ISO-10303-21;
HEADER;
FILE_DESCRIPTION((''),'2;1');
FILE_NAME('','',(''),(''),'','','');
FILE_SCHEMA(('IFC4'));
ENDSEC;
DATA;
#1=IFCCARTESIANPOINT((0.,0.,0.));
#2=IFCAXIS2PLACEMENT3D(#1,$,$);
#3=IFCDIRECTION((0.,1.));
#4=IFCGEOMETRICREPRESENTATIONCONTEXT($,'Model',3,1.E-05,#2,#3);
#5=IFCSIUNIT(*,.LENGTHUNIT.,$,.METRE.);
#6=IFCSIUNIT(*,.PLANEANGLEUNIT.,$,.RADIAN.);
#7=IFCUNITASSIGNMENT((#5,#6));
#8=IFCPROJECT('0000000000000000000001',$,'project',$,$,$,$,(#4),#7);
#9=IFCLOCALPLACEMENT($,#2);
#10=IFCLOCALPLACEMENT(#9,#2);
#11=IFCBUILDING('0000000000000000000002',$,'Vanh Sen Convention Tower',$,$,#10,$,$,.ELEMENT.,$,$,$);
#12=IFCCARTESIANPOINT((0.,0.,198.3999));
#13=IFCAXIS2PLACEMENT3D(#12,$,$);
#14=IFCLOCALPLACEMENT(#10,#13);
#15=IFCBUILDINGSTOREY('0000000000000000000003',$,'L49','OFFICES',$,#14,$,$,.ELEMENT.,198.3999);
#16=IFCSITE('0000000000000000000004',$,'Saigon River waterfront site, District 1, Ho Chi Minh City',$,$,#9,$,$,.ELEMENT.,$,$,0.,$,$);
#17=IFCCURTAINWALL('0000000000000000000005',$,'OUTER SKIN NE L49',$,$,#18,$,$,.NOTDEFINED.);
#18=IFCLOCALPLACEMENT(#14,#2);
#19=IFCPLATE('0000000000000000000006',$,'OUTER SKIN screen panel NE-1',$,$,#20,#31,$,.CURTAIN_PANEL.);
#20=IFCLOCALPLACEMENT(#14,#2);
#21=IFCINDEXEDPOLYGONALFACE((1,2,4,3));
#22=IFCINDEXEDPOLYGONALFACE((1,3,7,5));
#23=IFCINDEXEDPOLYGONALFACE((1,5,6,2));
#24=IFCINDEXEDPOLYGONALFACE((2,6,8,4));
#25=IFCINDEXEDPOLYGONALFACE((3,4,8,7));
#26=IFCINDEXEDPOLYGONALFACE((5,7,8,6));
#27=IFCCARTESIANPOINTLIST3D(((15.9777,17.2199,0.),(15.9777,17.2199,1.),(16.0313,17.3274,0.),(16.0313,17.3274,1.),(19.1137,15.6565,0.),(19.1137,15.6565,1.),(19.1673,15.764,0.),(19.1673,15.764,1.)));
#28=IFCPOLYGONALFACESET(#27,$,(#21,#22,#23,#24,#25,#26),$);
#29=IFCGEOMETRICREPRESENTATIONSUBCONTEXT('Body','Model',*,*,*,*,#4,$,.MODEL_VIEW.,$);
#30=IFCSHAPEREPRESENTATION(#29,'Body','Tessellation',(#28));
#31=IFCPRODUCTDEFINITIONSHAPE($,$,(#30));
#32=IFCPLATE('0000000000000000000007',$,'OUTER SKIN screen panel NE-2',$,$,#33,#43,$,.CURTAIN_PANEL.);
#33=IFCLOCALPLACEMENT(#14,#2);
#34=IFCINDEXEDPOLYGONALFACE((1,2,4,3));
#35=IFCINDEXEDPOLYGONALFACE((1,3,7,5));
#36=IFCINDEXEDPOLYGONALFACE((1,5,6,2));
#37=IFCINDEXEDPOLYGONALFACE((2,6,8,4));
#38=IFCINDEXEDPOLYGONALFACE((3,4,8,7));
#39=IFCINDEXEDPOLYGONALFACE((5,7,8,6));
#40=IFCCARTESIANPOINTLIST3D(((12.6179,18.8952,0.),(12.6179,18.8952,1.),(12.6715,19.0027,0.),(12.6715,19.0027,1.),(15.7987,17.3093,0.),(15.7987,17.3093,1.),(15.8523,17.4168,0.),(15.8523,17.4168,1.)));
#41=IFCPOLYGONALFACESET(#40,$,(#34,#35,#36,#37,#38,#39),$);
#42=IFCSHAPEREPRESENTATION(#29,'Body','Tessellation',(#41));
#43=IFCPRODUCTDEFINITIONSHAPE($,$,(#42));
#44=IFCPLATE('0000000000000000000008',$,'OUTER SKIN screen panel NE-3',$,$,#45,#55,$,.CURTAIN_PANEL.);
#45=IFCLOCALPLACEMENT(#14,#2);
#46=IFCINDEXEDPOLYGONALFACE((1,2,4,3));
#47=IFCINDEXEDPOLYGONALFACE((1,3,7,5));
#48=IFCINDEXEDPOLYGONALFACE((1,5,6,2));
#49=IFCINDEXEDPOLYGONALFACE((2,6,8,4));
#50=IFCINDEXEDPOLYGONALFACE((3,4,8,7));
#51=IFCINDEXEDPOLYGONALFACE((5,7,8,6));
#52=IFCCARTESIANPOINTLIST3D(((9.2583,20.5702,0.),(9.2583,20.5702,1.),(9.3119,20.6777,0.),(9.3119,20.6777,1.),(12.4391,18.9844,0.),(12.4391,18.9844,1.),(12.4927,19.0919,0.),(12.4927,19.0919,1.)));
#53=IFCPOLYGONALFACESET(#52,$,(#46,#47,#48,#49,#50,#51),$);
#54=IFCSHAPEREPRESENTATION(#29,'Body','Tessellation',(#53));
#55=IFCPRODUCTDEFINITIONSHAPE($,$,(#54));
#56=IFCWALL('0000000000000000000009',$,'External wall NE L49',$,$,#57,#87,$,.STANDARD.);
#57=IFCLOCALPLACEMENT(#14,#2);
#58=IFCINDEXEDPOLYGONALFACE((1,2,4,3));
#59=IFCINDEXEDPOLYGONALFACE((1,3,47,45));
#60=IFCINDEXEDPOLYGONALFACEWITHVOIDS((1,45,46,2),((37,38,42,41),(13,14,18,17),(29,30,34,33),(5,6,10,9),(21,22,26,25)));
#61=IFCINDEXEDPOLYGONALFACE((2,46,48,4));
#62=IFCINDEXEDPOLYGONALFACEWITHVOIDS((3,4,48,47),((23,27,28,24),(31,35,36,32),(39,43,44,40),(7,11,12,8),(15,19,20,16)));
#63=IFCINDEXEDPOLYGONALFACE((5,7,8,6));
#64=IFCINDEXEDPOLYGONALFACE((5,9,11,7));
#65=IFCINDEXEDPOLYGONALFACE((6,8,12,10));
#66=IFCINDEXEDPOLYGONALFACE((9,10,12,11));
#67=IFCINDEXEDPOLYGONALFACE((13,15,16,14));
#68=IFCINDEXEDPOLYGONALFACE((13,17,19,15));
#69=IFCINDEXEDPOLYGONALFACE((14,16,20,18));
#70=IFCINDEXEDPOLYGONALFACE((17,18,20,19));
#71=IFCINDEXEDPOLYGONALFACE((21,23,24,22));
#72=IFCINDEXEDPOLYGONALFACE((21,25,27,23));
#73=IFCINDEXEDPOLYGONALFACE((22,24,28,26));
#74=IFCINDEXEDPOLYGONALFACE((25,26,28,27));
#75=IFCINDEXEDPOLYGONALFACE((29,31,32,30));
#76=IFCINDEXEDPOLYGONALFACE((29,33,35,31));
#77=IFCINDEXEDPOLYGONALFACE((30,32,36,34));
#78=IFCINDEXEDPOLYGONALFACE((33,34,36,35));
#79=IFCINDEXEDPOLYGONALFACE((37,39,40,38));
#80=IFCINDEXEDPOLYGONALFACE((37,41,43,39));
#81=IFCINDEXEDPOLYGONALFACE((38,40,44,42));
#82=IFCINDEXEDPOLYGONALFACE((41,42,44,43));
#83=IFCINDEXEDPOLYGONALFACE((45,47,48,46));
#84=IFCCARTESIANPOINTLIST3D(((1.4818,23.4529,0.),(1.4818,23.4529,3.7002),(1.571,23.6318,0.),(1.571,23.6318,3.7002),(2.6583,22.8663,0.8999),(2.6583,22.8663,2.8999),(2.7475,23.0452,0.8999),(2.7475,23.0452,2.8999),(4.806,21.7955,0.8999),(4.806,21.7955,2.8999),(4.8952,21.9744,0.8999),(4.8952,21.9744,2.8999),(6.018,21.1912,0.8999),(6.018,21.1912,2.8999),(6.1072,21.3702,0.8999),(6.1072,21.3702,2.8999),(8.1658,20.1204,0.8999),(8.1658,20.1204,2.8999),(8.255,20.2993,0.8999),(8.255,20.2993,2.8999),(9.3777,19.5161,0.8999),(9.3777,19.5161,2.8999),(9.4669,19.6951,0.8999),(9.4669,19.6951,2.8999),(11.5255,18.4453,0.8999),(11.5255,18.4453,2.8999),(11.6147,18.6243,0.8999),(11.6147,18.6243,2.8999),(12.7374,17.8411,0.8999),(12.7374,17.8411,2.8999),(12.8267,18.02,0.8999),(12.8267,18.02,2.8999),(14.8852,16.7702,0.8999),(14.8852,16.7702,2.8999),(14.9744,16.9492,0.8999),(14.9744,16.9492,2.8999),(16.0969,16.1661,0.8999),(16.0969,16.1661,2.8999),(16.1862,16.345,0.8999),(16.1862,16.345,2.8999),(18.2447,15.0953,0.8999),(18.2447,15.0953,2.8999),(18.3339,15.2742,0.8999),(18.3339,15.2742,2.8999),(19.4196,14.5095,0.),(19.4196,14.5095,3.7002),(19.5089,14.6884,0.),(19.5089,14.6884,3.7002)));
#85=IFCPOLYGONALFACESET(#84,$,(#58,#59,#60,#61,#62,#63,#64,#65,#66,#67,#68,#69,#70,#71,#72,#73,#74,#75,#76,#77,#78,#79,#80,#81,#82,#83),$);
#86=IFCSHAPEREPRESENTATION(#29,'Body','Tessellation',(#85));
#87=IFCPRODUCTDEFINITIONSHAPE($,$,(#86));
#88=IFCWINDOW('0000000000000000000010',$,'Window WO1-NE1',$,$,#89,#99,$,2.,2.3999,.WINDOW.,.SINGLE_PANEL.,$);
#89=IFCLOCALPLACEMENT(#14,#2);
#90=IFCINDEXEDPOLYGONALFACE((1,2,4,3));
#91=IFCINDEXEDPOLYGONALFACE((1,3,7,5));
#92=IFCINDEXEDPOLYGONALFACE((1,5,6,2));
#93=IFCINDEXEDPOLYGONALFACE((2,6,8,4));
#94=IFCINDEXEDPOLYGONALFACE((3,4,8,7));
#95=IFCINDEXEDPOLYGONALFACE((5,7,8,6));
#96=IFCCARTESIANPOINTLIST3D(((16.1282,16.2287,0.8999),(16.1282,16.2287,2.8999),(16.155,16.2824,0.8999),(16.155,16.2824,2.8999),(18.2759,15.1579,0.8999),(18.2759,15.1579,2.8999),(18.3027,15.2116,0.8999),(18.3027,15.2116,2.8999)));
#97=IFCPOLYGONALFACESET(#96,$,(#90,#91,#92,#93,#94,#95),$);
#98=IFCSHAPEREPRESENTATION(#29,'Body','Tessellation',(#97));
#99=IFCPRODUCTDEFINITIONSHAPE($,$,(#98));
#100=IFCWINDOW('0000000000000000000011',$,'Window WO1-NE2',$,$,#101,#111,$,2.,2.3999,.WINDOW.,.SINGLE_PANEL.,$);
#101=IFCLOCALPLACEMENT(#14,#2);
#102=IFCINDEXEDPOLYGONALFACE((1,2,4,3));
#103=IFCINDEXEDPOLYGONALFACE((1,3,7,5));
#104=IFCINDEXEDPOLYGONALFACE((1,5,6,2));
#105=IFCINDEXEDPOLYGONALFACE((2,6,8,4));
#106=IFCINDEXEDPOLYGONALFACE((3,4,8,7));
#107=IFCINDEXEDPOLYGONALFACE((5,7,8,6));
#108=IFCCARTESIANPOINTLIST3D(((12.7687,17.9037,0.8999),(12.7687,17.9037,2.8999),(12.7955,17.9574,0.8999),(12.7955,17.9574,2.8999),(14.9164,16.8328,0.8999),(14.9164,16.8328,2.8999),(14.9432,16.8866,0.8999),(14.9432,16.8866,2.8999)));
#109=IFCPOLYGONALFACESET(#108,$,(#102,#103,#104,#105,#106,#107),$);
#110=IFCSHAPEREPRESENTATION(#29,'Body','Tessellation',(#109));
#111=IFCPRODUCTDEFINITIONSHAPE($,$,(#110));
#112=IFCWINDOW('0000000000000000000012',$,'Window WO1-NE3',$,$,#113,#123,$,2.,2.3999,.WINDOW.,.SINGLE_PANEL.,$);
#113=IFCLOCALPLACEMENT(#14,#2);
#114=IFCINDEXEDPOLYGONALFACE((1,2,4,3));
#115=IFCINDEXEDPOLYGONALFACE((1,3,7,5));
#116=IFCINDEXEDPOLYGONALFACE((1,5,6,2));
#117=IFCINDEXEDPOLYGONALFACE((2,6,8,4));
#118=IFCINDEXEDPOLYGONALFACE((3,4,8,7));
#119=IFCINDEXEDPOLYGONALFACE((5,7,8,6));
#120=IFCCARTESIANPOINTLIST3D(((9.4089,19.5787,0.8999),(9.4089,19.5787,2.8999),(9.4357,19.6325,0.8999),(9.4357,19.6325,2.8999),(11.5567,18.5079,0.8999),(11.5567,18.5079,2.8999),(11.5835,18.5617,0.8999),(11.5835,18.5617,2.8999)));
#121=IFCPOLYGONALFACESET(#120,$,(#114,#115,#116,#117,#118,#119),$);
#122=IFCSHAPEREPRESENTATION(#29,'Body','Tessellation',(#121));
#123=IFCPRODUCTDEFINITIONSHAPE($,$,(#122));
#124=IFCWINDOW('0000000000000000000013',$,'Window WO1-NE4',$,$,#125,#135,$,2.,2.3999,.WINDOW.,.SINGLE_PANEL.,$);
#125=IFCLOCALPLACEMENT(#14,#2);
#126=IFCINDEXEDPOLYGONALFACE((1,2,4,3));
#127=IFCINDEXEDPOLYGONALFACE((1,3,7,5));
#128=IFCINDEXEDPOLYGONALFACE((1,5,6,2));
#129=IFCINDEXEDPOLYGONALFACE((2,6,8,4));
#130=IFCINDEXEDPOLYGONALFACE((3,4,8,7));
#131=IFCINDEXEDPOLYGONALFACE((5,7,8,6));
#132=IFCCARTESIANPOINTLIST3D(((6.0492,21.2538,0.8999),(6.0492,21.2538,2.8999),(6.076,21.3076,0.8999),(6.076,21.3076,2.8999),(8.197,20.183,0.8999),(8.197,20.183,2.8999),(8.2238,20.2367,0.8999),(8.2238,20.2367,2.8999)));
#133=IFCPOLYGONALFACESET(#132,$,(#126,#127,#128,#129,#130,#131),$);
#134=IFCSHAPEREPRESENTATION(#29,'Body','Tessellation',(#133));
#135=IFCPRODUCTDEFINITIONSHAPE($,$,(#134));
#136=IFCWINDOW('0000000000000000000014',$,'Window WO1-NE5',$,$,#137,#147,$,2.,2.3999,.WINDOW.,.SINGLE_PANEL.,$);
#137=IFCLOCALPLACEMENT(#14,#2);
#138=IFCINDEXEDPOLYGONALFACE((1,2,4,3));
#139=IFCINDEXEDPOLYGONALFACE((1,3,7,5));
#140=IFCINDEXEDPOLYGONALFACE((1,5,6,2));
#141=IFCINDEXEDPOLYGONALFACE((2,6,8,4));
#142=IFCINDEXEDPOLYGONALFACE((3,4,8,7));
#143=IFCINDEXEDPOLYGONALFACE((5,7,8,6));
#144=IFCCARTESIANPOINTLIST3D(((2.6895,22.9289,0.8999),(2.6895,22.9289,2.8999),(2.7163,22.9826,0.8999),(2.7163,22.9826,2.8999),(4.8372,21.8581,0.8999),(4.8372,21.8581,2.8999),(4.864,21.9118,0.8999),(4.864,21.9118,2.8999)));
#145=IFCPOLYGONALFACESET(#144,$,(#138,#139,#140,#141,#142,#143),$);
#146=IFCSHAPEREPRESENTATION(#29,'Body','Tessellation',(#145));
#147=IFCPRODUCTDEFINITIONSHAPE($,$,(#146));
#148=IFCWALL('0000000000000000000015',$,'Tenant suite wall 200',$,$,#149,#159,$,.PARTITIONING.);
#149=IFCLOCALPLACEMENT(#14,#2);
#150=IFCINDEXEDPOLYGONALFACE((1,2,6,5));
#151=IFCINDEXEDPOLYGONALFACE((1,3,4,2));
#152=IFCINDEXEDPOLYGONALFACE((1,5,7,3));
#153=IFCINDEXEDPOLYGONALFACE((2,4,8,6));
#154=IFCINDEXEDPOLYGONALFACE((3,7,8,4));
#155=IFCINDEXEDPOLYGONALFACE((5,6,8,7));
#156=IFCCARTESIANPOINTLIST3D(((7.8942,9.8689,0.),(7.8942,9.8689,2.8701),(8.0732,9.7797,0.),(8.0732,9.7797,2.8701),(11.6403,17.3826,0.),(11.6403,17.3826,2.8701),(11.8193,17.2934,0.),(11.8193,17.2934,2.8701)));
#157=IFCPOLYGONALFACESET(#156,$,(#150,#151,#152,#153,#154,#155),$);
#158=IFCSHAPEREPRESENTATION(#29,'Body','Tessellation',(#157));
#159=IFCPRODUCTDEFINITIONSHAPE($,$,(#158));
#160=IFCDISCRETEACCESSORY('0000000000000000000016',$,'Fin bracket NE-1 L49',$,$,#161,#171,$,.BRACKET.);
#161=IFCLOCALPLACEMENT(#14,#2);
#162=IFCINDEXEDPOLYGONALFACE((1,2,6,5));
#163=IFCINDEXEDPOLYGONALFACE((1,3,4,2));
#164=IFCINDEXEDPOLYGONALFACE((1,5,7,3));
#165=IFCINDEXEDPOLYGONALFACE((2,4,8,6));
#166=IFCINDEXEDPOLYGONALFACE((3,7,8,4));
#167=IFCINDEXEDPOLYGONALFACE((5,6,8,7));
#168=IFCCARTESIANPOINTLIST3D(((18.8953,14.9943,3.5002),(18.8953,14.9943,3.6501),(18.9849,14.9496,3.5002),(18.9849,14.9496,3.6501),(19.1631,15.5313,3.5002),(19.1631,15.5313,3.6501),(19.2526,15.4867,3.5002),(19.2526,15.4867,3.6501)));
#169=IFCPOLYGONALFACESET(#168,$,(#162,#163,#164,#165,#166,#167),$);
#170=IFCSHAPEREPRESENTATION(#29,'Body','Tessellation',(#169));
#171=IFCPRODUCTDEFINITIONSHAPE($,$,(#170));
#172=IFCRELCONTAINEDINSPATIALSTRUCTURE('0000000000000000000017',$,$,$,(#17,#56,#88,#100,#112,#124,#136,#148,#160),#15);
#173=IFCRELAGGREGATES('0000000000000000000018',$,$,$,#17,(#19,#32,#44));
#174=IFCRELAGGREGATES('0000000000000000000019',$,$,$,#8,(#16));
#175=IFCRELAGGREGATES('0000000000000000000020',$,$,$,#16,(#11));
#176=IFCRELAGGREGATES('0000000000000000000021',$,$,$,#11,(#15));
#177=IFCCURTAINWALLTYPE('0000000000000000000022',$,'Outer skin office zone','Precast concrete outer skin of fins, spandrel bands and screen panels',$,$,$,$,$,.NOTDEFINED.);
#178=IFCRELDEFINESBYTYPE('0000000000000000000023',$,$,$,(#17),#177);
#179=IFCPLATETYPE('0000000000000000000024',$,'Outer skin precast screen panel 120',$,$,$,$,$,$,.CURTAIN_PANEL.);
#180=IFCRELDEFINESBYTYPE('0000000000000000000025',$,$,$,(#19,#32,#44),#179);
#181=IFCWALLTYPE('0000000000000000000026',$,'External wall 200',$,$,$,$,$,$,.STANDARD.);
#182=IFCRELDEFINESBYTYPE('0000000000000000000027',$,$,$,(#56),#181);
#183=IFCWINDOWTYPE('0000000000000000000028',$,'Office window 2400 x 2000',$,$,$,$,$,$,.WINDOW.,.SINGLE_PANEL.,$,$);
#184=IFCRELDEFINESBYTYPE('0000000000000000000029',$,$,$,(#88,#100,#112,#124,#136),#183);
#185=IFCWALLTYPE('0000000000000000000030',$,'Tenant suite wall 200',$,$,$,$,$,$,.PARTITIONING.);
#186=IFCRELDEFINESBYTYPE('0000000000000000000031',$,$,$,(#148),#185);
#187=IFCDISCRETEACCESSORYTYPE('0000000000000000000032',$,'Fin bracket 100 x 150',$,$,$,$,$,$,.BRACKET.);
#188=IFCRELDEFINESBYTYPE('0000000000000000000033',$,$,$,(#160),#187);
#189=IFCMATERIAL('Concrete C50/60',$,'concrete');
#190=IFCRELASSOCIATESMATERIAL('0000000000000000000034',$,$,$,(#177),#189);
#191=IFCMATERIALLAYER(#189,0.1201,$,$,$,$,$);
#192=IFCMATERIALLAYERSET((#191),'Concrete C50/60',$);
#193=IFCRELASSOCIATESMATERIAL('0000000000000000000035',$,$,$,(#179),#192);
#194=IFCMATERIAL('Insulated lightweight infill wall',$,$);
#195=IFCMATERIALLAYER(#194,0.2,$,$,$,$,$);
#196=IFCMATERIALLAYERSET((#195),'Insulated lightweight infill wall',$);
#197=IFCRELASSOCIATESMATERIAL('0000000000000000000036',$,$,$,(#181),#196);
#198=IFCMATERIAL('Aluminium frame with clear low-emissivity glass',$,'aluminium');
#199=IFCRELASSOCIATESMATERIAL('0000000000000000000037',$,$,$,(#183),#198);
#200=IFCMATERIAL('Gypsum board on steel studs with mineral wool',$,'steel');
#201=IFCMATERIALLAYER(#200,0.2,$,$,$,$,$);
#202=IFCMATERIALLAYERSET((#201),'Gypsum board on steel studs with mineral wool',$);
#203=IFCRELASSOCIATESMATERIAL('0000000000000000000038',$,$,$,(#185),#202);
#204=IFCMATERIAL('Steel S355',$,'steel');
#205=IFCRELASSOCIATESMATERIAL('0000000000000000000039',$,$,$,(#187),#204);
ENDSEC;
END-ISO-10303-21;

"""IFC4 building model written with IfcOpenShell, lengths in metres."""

from ifc_helpers import new_model, si_unit, direction, frame, frame_2d, origin, origin_2d, place, context, subcontext, project, spatial, rectangle, extrude, material, layer, layer_set, type_object, element, fill, aggregate, save


model = new_model("IFC4")

# Units and contexts
model_context = context("Model", 3, precision=1e-05, world=origin(), true_north=direction((0.0, 1.0)))
body_context = subcontext(model_context, "Body", "Model", "MODEL_VIEW")
ifc_project = project(units=[si_unit("LENGTHUNIT", "METRE"), si_unit("PLANEANGLEUNIT", "RADIAN")], contexts=[model_context])

# Site, building, storey
site_placement = place(None, origin())
site = spatial("IfcSite", under=ifc_project, at=site_placement, Name="Saigon River waterfront site, District 1, Ho Chi Minh City", CompositionType="ELEMENT", RefElevation=0.0)
building_placement = place(site_placement, origin())
building = spatial("IfcBuilding", under=site, at=building_placement, Name="Vanh Sen Convention Tower", CompositionType="ELEMENT")
storey_placement = place(building_placement, frame((0.0, 0.0, 198.3999)))
storey = spatial("IfcBuildingStorey", under=building, at=storey_placement, Name="L49", Description="OFFICES", CompositionType="ELEMENT", Elevation=198.3999)

# Curtain wall
ifc_material_1 = material(Name="Concrete C50/60", Category="concrete")
curtain_wall_type = type_object("IfcCurtainWallType", Name="Outer skin office zone", Description="Precast concrete outer skin of fins, spandrel bands and screen panels", PredefinedType="NOTDEFINED", material=ifc_material_1)
curtain_wall_1_placement = place(storey_placement, origin())
curtain_wall_1 = element("IfcCurtainWall", 1, at=curtain_wall_1_placement, inside=storey, type_object=curtain_wall_type, Name="OUTER SKIN NE L49", PredefinedType="NOTDEFINED")

# Shared definitions
ifc_layer_1 = layer(ifc_material_1, 0.1201)
ifc_layer_set_1 = layer_set([ifc_layer_1], Name="Concrete C50/60")
plate_type = type_object("IfcPlateType", Name="Outer skin precast screen panel 120", PredefinedType="CURTAIN_PANEL", material=ifc_layer_set_1)

# Plates
plate_1_placement = place(storey_placement, frame((17.5725, 16.4919, 0.0), z_axis=(0.0, 0.0, 1.0), x_axis=(-0.894944, 0.446179, 0.0)))
plate_1 = element("IfcPlate", 2, at=plate_1_placement, type_object=plate_type, Name="OUTER SKIN screen panel NE-1", PredefinedType="CURTAIN_PANEL", context=body_context, shape_type="SweptSolid", body=[
    extrude(rectangle(XDim=3.5042, YDim=0.1201, at=origin_2d()), origin(), (0.0, 0.0, 1.0), 1.0),
])
plate_2_placement = place(storey_placement, frame((14.2351, 18.156, 0.0), z_axis=(0.0, 0.0, 1.0), x_axis=(-0.894933, 0.446201, 0.0)))
plate_2 = element("IfcPlate", 3, at=plate_2_placement, type_object=plate_type, Name="OUTER SKIN screen panel NE-2", PredefinedType="CURTAIN_PANEL", context=body_context, shape_type="SweptSolid", body=[
    extrude(rectangle(XDim=3.5542, YDim=0.1201, at=origin_2d()), origin(), (0.0, 0.0, 1.0), 1.0),
])
plate_3_placement = place(storey_placement, frame((10.8755, 19.8311, 0.0), z_axis=(0.0, 0.0, 1.0), x_axis=(-0.894933, 0.446201, 0.0)))
plate_3 = element("IfcPlate", 4, at=plate_3_placement, type_object=plate_type, Name="OUTER SKIN screen panel NE-3", PredefinedType="CURTAIN_PANEL", context=body_context, shape_type="SweptSolid", body=[
    extrude(rectangle(XDim=3.5542, YDim=0.1201, at=origin_2d()), origin(), (0.0, 0.0, 1.0), 1.0),
])
aggregate(curtain_wall_1, [plate_1, plate_2, plate_3])

# Wall, openings, windows
ifc_material_2 = material(Name="Insulated lightweight infill wall")
ifc_layer_2 = layer(ifc_material_2, 0.2)
ifc_layer_set_2 = layer_set([ifc_layer_2], Name="Insulated lightweight infill wall")
wall_type_1 = type_object("IfcWallType", Name="External wall 200", PredefinedType="STANDARD", material=ifc_layer_set_2)
wall_1_placement = place(storey_placement, frame((19.4644, 14.5989, 0.0), z_axis=(0.0, 0.0, 1.0), x_axis=(-0.894936, 0.446195, 0.0)))
wall_1 = element("IfcWall", 5, at=wall_1_placement, inside=storey, type_object=wall_type_1, Name="External wall NE L49", PredefinedType="STANDARD", context=body_context, shape_type="SweptSolid", body=[
    extrude(rectangle(XDim=20.0437, YDim=0.2, at=frame_2d((10.022, 0.0))), origin(), (0.0, 0.0, 1.0), 3.7002),
])
opening_1_placement = place(wall_1_placement, frame((1.313, 0.0, 0.8999)))
opening_1 = element("IfcOpeningElement", 6, at=opening_1_placement, cuts=wall_1, PredefinedType="OPENING", context=body_context, shape_type="SweptSolid", body=[
    extrude(rectangle(XDim=2.3999, YDim=2.0, at=frame_2d((1.2, 1.0))), frame((0.0, 0.1099, 0.0), z_axis=(0.0, -1.0, 0.0), x_axis=(1.0, 0.0, 0.0)), (0.0, 0.0, 1.0), 0.22),
])
opening_2_placement = place(wall_1_placement, frame((5.0669, 0.0, 0.8999)))
opening_2 = element("IfcOpeningElement", 7, at=opening_2_placement, cuts=wall_1, PredefinedType="OPENING", context=body_context, shape_type="SweptSolid", body=[
    extrude(rectangle(XDim=2.3999, YDim=2.0, at=frame_2d((1.2, 1.0))), frame((0.0, 0.1099, 0.0), z_axis=(0.0, -1.0, 0.0), x_axis=(1.0, 0.0, 0.0)), (0.0, 0.0, 1.0), 0.22),
])
opening_3_placement = place(wall_1_placement, frame((8.821, 0.0, 0.8999)))
opening_3 = element("IfcOpeningElement", 8, at=opening_3_placement, cuts=wall_1, PredefinedType="OPENING", context=body_context, shape_type="SweptSolid", body=[
    extrude(rectangle(XDim=2.3999, YDim=2.0, at=frame_2d((1.2, 1.0))), frame((0.0, 0.1099, 0.0), z_axis=(0.0, -1.0, 0.0), x_axis=(1.0, 0.0, 0.0)), (0.0, 0.0, 1.0), 0.22),
])
opening_4_placement = place(wall_1_placement, frame((12.5752, 0.0, 0.8999)))
opening_4 = element("IfcOpeningElement", 9, at=opening_4_placement, cuts=wall_1, PredefinedType="OPENING", context=body_context, shape_type="SweptSolid", body=[
    extrude(rectangle(XDim=2.3999, YDim=2.0, at=frame_2d((1.2, 1.0))), frame((0.0, 0.1099, 0.0), z_axis=(0.0, -1.0, 0.0), x_axis=(1.0, 0.0, 0.0)), (0.0, 0.0, 1.0), 0.22),
])
opening_5_placement = place(wall_1_placement, frame((16.3293, 0.0, 0.8999)))
opening_5 = element("IfcOpeningElement", 10, at=opening_5_placement, cuts=wall_1, PredefinedType="OPENING", context=body_context, shape_type="SweptSolid", body=[
    extrude(rectangle(XDim=2.3999, YDim=2.0, at=frame_2d((1.2, 1.0))), frame((0.0, 0.1099, 0.0), z_axis=(0.0, -1.0, 0.0), x_axis=(1.0, 0.0, 0.0)), (0.0, 0.0, 1.0), 0.22),
])
ifc_material_3 = material(Name="Aluminium frame with clear low-emissivity glass", Category="aluminium")
window_type = type_object("IfcWindowType", Name="Office window 2400 x 2000", PartitioningType="SINGLE_PANEL", PredefinedType="WINDOW", material=ifc_material_3)
window_1_placement = place(opening_1_placement, origin())
window_1 = element("IfcWindow", 11, at=window_1_placement, inside=storey, type_object=window_type, Name="Window WO1-NE1", OverallHeight=2.0, OverallWidth=2.3999, PartitioningType="SINGLE_PANEL", PredefinedType="WINDOW", context=body_context, shape_type="SweptSolid", body=[
    extrude(rectangle(XDim=2.3999, YDim=2.0, at=frame_2d((1.2, 1.0))), frame((0.0, 0.03, 0.0), z_axis=(0.0, -1.0, 0.0), x_axis=(1.0, 0.0, 0.0)), (0.0, 0.0, 1.0), 0.0601),
])
fill(opening_1, window_1)
window_2_placement = place(opening_2_placement, origin())
window_2 = element("IfcWindow", 12, at=window_2_placement, inside=storey, type_object=window_type, Name="Window WO1-NE2", OverallHeight=2.0, OverallWidth=2.3999, PartitioningType="SINGLE_PANEL", PredefinedType="WINDOW", context=body_context, shape_type="SweptSolid", body=[
    extrude(rectangle(XDim=2.3999, YDim=2.0, at=frame_2d((1.2, 1.0))), frame((0.0, 0.03, 0.0), z_axis=(0.0, -1.0, 0.0), x_axis=(1.0, 0.0, 0.0)), (0.0, 0.0, 1.0), 0.0601),
])
fill(opening_2, window_2)
window_3_placement = place(opening_3_placement, origin())
window_3 = element("IfcWindow", 13, at=window_3_placement, inside=storey, type_object=window_type, Name="Window WO1-NE3", OverallHeight=2.0, OverallWidth=2.3999, PartitioningType="SINGLE_PANEL", PredefinedType="WINDOW", context=body_context, shape_type="SweptSolid", body=[
    extrude(rectangle(XDim=2.3999, YDim=2.0, at=frame_2d((1.2, 1.0))), frame((0.0, 0.03, 0.0), z_axis=(0.0, -1.0, 0.0), x_axis=(1.0, 0.0, 0.0)), (0.0, 0.0, 1.0), 0.0601),
])
fill(opening_3, window_3)
window_4_placement = place(opening_4_placement, origin())
window_4 = element("IfcWindow", 14, at=window_4_placement, inside=storey, type_object=window_type, Name="Window WO1-NE4", OverallHeight=2.0, OverallWidth=2.3999, PartitioningType="SINGLE_PANEL", PredefinedType="WINDOW", context=body_context, shape_type="SweptSolid", body=[
    extrude(rectangle(XDim=2.3999, YDim=2.0, at=frame_2d((1.2, 1.0))), frame((0.0, 0.03, 0.0), z_axis=(0.0, -1.0, 0.0), x_axis=(1.0, 0.0, 0.0)), (0.0, 0.0, 1.0), 0.0601),
])
fill(opening_4, window_4)
window_5_placement = place(opening_5_placement, origin())
window_5 = element("IfcWindow", 15, at=window_5_placement, inside=storey, type_object=window_type, Name="Window WO1-NE5", OverallHeight=2.0, OverallWidth=2.3999, PartitioningType="SINGLE_PANEL", PredefinedType="WINDOW", context=body_context, shape_type="SweptSolid", body=[
    extrude(rectangle(XDim=2.3999, YDim=2.0, at=frame_2d((1.2, 1.0))), frame((0.0, 0.03, 0.0), z_axis=(0.0, -1.0, 0.0), x_axis=(1.0, 0.0, 0.0)), (0.0, 0.0, 1.0), 0.0601),
])
fill(opening_5, window_5)

# Wall
ifc_material_4 = material(Name="Gypsum board on steel studs with mineral wool", Category="steel")
ifc_layer_3 = layer(ifc_material_4, 0.2)
ifc_layer_set_3 = layer_set([ifc_layer_3], Name="Gypsum board on steel studs with mineral wool")
wall_type_2 = type_object("IfcWallType", Name="Tenant suite wall 200", PredefinedType="PARTITIONING", material=ifc_layer_set_3)
wall_2_placement = place(storey_placement, frame((11.7297, 17.3379, 0.0), z_axis=(0.0, 0.0, 1.0), x_axis=(-0.44619, -0.894938, 0.0)))
element("IfcWall", 16, at=wall_2_placement, inside=storey, type_object=wall_type_2, Name="Tenant suite wall 200", PredefinedType="PARTITIONING", context=body_context, shape_type="SweptSolid", body=[
    extrude(rectangle(XDim=8.3958, YDim=0.2, at=frame_2d((4.1978, 0.0))), origin(), (0.0, 0.0, 1.0), 2.8701),
])

# Discrete accessory
ifc_material_5 = material(Name="Steel S355", Category="steel")
discrete_accessory_type = type_object("IfcDiscreteAccessoryType", Name="Fin bracket 100 x 150", PredefinedType="BRACKET", material=ifc_material_5)
for number, where, z_axis, x_axis, name in (
    (17, (19.074, 15.2405, 3.5002), (0.0, 0.0, 1.0), (0.446198, 0.894934, 0.0), "Fin bracket NE-1 L49"),
):
    element("IfcDiscreteAccessory", number, at=place(storey_placement, frame(where, z_axis=z_axis, x_axis=x_axis)), inside=storey, type_object=discrete_accessory_type, Name=name, PredefinedType="BRACKET", context=body_context, shape_type="SweptSolid", body=[
        extrude(rectangle(XDim=0.6001, YDim=0.1001, at=origin_2d()), origin(), (0.0, 0.0, 1.0), 0.1499),
    ])

save(model, "model.ifc")
